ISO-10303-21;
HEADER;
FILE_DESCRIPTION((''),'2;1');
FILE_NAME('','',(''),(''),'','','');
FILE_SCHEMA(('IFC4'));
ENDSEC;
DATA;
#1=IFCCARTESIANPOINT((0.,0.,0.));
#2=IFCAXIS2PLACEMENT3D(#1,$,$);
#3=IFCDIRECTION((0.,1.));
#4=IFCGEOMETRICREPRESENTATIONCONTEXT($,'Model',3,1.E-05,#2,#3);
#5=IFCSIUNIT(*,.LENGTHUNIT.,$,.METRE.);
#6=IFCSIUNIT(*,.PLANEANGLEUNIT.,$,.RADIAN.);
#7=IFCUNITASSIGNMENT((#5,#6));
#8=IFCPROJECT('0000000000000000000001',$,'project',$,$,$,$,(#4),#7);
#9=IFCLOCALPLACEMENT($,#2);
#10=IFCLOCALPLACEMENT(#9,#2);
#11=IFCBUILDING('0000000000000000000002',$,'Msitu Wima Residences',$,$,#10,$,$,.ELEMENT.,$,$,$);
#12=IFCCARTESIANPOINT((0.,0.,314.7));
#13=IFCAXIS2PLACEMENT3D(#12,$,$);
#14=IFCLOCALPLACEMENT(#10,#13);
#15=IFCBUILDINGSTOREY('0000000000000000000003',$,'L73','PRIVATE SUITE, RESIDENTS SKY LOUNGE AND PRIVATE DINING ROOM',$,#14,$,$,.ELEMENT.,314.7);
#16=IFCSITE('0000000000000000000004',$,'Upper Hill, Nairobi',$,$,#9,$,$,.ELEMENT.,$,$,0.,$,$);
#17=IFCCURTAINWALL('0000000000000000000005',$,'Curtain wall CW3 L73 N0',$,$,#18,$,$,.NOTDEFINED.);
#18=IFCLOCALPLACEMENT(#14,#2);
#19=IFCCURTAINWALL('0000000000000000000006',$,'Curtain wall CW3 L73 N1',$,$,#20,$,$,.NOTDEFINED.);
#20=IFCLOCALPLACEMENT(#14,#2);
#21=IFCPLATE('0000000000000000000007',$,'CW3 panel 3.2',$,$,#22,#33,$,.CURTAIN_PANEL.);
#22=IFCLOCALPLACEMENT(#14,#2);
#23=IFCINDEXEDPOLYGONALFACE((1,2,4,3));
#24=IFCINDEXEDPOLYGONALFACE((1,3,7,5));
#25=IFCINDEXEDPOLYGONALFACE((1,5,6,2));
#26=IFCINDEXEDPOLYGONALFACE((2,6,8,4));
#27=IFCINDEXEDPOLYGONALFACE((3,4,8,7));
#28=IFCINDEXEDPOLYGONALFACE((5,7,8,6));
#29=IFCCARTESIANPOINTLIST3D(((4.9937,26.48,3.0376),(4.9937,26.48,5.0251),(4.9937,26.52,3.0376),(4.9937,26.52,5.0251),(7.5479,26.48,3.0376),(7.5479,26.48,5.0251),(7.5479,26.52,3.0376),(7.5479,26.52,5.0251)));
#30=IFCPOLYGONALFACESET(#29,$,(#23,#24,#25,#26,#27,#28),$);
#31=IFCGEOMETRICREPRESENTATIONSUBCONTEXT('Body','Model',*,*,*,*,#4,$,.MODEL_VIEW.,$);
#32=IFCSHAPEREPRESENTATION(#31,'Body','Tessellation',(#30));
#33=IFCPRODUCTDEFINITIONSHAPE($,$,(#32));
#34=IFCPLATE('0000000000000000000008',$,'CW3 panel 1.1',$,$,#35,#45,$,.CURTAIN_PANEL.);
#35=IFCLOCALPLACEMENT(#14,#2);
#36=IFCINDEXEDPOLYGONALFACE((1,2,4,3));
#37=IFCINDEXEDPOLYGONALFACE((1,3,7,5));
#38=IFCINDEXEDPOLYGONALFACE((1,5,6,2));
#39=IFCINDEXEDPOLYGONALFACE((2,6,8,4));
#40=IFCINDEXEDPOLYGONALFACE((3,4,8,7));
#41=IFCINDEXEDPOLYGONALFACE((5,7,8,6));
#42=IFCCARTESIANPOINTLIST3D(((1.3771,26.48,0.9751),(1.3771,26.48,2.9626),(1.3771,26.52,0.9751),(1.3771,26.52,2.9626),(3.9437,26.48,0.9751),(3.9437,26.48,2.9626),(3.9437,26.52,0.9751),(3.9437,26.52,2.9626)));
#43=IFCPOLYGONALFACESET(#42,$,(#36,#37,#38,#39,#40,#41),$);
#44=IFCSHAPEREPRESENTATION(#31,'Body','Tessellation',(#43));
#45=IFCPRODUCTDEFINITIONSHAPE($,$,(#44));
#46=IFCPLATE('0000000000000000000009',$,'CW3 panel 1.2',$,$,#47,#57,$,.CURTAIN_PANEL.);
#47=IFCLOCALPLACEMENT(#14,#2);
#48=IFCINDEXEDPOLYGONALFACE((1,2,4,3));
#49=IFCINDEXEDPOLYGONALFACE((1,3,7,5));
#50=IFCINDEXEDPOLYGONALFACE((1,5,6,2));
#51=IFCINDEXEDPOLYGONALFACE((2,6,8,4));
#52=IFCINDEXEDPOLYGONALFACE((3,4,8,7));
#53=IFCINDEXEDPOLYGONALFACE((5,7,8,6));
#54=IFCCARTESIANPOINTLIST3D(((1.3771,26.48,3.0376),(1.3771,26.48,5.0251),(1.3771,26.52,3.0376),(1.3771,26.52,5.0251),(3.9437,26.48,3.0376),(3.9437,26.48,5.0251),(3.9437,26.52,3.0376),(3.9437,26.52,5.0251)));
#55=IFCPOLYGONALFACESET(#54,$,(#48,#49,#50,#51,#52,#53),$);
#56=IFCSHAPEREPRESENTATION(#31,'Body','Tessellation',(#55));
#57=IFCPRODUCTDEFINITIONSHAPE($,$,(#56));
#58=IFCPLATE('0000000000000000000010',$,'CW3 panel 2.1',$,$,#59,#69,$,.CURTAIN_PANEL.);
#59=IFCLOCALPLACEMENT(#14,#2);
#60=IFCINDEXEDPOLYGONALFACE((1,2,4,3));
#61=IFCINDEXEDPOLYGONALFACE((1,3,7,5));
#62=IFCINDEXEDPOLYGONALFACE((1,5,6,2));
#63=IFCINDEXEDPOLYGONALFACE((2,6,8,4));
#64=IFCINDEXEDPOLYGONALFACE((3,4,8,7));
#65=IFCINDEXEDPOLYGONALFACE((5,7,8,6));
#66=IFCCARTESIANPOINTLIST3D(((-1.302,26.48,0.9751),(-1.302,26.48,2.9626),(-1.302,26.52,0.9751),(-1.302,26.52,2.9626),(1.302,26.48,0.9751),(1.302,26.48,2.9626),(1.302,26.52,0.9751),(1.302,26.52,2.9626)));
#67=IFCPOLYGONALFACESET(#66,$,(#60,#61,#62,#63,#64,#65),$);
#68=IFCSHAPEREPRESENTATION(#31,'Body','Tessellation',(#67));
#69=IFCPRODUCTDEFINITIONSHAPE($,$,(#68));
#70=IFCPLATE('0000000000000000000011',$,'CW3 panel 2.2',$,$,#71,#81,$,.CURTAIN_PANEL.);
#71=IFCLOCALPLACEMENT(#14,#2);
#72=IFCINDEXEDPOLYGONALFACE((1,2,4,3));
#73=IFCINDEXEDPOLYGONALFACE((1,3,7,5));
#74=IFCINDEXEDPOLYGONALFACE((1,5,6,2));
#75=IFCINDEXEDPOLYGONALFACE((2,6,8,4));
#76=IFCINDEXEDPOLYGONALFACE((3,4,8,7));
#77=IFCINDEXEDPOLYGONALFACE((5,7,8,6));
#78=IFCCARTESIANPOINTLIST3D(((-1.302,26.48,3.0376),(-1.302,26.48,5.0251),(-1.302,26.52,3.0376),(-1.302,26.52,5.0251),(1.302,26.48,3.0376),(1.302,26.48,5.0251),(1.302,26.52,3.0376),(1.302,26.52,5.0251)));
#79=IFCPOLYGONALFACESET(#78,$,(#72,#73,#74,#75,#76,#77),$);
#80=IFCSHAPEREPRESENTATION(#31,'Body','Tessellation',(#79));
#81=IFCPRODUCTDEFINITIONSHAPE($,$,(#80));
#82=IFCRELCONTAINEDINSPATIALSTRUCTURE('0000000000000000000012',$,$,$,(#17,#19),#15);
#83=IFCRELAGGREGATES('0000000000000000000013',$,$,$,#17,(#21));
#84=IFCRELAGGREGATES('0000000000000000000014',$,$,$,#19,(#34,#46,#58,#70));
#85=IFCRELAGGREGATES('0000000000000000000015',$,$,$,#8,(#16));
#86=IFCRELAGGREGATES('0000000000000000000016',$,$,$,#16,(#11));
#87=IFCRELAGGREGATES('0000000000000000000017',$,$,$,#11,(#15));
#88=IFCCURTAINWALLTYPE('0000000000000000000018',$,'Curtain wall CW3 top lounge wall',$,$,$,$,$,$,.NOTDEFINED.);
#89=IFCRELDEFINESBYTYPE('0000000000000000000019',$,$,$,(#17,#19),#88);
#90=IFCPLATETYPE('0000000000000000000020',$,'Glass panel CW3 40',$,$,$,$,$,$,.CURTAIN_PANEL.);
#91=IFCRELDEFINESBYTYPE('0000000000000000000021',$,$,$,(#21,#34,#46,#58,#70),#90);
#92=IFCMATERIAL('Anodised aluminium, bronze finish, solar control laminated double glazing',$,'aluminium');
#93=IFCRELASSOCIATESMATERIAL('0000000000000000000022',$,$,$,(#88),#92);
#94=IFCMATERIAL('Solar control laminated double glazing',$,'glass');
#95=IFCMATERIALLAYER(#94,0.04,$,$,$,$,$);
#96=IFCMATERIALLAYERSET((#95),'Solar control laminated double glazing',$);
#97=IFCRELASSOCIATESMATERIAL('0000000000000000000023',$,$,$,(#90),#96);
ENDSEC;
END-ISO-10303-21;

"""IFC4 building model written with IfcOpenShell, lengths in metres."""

from ifc_helpers import new_model, si_unit, direction, frame, origin, origin_2d, place, context, subcontext, project, spatial, rectangle, extrude, material, layer, layer_set, type_object, element, aggregate, save


model = new_model("IFC4")

# Units and contexts
model_context = context("Model", 3, precision=1e-05, world=origin(), true_north=direction((0.0, 1.0)))
body_context = subcontext(model_context, "Body", "Model", "MODEL_VIEW")
ifc_project = project(units=[si_unit("LENGTHUNIT", "METRE"), si_unit("PLANEANGLEUNIT", "RADIAN")], contexts=[model_context])

# Site, building, storey
site_placement = place(None, origin())
site = spatial("IfcSite", under=ifc_project, at=site_placement, Name="Upper Hill, Nairobi", CompositionType="ELEMENT", RefElevation=0.0)
building_placement = place(site_placement, origin())
building = spatial("IfcBuilding", under=site, at=building_placement, Name="Msitu Wima Residences", CompositionType="ELEMENT")
storey_placement = place(building_placement, frame((0.0, 0.0, 314.7)))
storey = spatial("IfcBuildingStorey", under=building, at=storey_placement, Name="L73", Description="PRIVATE SUITE, RESIDENTS SKY LOUNGE AND PRIVATE DINING ROOM", CompositionType="ELEMENT", Elevation=314.7)

# Curtain walls
ifc_material_1 = material(Name="Anodised aluminium, bronze finish, solar control laminated double glazing", Category="aluminium")
curtain_wall_type = type_object("IfcCurtainWallType", Name="Curtain wall CW3 top lounge wall", PredefinedType="NOTDEFINED", material=ifc_material_1)
curtain_wall_1_placement = place(storey_placement, origin())
curtain_wall_1 = element("IfcCurtainWall", 1, at=curtain_wall_1_placement, inside=storey, type_object=curtain_wall_type, Name="Curtain wall CW3 L73 N0", PredefinedType="NOTDEFINED")
curtain_wall_2_placement = place(storey_placement, origin())
curtain_wall_2 = element("IfcCurtainWall", 2, at=curtain_wall_2_placement, inside=storey, type_object=curtain_wall_type, Name="Curtain wall CW3 L73 N1", PredefinedType="NOTDEFINED")

# Plates
ifc_material_2 = material(Name="Solar control laminated double glazing", Category="glass")
ifc_layer = layer(ifc_material_2, 0.04)
ifc_layer_set = layer_set([ifc_layer], Name="Solar control laminated double glazing")
plate_type = type_object("IfcPlateType", Name="Glass panel CW3 40", PredefinedType="CURTAIN_PANEL", material=ifc_layer_set)
plate_1_placement = place(storey_placement, frame((6.2708, 26.5, 3.0376), z_axis=(0.0, 0.0, 1.0), x_axis=(-1.0, 0.0, 0.0)))
plate_1 = element("IfcPlate", 3, at=plate_1_placement, type_object=plate_type, Name="CW3 panel 3.2", PredefinedType="CURTAIN_PANEL", context=body_context, shape_type="SweptSolid", body=[
    extrude(rectangle(XDim=2.5542, YDim=0.04, at=origin_2d()), origin(), (0.0, 0.0, 1.0), 1.9875),
])
aggregate(curtain_wall_1, [plate_1])
plate_2_placement = place(storey_placement, frame((2.6604, 26.5, 0.9751), z_axis=(0.0, 0.0, 1.0), x_axis=(-1.0, 0.0, 0.0)))
plate_2 = element("IfcPlate", 4, at=plate_2_placement, type_object=plate_type, Name="CW3 panel 1.1", PredefinedType="CURTAIN_PANEL", context=body_context, shape_type="SweptSolid", body=[
    extrude(rectangle(XDim=2.5667, YDim=0.04, at=origin_2d()), origin(), (0.0, 0.0, 1.0), 1.9875),
])
plate_3_placement = place(storey_placement, frame((2.6604, 26.5, 3.0376), z_axis=(0.0, 0.0, 1.0), x_axis=(-1.0, 0.0, 0.0)))
plate_3 = element("IfcPlate", 5, at=plate_3_placement, type_object=plate_type, Name="CW3 panel 1.2", PredefinedType="CURTAIN_PANEL", context=body_context, shape_type="SweptSolid", body=[
    extrude(rectangle(XDim=2.5667, YDim=0.04, at=origin_2d()), origin(), (0.0, 0.0, 1.0), 1.9875),
])
plate_4_placement = place(storey_placement, frame((0.0, 26.5, 0.9751), z_axis=(0.0, 0.0, 1.0), x_axis=(-1.0, 0.0, 0.0)))
plate_4 = element("IfcPlate", 6, at=plate_4_placement, type_object=plate_type, Name="CW3 panel 2.1", PredefinedType="CURTAIN_PANEL", context=body_context, shape_type="SweptSolid", body=[
    extrude(rectangle(XDim=2.604, YDim=0.04, at=origin_2d()), origin(), (0.0, 0.0, 1.0), 1.9875),
])
plate_5_placement = place(storey_placement, frame((0.0, 26.5, 3.0376), z_axis=(0.0, 0.0, 1.0), x_axis=(-1.0, 0.0, 0.0)))
plate_5 = element("IfcPlate", 7, at=plate_5_placement, type_object=plate_type, Name="CW3 panel 2.2", PredefinedType="CURTAIN_PANEL", context=body_context, shape_type="SweptSolid", body=[
    extrude(rectangle(XDim=2.604, YDim=0.04, at=origin_2d()), origin(), (0.0, 0.0, 1.0), 1.9875),
])
aggregate(curtain_wall_2, [plate_2, plate_3, plate_4, plate_5])

save(model, "model.ifc")
